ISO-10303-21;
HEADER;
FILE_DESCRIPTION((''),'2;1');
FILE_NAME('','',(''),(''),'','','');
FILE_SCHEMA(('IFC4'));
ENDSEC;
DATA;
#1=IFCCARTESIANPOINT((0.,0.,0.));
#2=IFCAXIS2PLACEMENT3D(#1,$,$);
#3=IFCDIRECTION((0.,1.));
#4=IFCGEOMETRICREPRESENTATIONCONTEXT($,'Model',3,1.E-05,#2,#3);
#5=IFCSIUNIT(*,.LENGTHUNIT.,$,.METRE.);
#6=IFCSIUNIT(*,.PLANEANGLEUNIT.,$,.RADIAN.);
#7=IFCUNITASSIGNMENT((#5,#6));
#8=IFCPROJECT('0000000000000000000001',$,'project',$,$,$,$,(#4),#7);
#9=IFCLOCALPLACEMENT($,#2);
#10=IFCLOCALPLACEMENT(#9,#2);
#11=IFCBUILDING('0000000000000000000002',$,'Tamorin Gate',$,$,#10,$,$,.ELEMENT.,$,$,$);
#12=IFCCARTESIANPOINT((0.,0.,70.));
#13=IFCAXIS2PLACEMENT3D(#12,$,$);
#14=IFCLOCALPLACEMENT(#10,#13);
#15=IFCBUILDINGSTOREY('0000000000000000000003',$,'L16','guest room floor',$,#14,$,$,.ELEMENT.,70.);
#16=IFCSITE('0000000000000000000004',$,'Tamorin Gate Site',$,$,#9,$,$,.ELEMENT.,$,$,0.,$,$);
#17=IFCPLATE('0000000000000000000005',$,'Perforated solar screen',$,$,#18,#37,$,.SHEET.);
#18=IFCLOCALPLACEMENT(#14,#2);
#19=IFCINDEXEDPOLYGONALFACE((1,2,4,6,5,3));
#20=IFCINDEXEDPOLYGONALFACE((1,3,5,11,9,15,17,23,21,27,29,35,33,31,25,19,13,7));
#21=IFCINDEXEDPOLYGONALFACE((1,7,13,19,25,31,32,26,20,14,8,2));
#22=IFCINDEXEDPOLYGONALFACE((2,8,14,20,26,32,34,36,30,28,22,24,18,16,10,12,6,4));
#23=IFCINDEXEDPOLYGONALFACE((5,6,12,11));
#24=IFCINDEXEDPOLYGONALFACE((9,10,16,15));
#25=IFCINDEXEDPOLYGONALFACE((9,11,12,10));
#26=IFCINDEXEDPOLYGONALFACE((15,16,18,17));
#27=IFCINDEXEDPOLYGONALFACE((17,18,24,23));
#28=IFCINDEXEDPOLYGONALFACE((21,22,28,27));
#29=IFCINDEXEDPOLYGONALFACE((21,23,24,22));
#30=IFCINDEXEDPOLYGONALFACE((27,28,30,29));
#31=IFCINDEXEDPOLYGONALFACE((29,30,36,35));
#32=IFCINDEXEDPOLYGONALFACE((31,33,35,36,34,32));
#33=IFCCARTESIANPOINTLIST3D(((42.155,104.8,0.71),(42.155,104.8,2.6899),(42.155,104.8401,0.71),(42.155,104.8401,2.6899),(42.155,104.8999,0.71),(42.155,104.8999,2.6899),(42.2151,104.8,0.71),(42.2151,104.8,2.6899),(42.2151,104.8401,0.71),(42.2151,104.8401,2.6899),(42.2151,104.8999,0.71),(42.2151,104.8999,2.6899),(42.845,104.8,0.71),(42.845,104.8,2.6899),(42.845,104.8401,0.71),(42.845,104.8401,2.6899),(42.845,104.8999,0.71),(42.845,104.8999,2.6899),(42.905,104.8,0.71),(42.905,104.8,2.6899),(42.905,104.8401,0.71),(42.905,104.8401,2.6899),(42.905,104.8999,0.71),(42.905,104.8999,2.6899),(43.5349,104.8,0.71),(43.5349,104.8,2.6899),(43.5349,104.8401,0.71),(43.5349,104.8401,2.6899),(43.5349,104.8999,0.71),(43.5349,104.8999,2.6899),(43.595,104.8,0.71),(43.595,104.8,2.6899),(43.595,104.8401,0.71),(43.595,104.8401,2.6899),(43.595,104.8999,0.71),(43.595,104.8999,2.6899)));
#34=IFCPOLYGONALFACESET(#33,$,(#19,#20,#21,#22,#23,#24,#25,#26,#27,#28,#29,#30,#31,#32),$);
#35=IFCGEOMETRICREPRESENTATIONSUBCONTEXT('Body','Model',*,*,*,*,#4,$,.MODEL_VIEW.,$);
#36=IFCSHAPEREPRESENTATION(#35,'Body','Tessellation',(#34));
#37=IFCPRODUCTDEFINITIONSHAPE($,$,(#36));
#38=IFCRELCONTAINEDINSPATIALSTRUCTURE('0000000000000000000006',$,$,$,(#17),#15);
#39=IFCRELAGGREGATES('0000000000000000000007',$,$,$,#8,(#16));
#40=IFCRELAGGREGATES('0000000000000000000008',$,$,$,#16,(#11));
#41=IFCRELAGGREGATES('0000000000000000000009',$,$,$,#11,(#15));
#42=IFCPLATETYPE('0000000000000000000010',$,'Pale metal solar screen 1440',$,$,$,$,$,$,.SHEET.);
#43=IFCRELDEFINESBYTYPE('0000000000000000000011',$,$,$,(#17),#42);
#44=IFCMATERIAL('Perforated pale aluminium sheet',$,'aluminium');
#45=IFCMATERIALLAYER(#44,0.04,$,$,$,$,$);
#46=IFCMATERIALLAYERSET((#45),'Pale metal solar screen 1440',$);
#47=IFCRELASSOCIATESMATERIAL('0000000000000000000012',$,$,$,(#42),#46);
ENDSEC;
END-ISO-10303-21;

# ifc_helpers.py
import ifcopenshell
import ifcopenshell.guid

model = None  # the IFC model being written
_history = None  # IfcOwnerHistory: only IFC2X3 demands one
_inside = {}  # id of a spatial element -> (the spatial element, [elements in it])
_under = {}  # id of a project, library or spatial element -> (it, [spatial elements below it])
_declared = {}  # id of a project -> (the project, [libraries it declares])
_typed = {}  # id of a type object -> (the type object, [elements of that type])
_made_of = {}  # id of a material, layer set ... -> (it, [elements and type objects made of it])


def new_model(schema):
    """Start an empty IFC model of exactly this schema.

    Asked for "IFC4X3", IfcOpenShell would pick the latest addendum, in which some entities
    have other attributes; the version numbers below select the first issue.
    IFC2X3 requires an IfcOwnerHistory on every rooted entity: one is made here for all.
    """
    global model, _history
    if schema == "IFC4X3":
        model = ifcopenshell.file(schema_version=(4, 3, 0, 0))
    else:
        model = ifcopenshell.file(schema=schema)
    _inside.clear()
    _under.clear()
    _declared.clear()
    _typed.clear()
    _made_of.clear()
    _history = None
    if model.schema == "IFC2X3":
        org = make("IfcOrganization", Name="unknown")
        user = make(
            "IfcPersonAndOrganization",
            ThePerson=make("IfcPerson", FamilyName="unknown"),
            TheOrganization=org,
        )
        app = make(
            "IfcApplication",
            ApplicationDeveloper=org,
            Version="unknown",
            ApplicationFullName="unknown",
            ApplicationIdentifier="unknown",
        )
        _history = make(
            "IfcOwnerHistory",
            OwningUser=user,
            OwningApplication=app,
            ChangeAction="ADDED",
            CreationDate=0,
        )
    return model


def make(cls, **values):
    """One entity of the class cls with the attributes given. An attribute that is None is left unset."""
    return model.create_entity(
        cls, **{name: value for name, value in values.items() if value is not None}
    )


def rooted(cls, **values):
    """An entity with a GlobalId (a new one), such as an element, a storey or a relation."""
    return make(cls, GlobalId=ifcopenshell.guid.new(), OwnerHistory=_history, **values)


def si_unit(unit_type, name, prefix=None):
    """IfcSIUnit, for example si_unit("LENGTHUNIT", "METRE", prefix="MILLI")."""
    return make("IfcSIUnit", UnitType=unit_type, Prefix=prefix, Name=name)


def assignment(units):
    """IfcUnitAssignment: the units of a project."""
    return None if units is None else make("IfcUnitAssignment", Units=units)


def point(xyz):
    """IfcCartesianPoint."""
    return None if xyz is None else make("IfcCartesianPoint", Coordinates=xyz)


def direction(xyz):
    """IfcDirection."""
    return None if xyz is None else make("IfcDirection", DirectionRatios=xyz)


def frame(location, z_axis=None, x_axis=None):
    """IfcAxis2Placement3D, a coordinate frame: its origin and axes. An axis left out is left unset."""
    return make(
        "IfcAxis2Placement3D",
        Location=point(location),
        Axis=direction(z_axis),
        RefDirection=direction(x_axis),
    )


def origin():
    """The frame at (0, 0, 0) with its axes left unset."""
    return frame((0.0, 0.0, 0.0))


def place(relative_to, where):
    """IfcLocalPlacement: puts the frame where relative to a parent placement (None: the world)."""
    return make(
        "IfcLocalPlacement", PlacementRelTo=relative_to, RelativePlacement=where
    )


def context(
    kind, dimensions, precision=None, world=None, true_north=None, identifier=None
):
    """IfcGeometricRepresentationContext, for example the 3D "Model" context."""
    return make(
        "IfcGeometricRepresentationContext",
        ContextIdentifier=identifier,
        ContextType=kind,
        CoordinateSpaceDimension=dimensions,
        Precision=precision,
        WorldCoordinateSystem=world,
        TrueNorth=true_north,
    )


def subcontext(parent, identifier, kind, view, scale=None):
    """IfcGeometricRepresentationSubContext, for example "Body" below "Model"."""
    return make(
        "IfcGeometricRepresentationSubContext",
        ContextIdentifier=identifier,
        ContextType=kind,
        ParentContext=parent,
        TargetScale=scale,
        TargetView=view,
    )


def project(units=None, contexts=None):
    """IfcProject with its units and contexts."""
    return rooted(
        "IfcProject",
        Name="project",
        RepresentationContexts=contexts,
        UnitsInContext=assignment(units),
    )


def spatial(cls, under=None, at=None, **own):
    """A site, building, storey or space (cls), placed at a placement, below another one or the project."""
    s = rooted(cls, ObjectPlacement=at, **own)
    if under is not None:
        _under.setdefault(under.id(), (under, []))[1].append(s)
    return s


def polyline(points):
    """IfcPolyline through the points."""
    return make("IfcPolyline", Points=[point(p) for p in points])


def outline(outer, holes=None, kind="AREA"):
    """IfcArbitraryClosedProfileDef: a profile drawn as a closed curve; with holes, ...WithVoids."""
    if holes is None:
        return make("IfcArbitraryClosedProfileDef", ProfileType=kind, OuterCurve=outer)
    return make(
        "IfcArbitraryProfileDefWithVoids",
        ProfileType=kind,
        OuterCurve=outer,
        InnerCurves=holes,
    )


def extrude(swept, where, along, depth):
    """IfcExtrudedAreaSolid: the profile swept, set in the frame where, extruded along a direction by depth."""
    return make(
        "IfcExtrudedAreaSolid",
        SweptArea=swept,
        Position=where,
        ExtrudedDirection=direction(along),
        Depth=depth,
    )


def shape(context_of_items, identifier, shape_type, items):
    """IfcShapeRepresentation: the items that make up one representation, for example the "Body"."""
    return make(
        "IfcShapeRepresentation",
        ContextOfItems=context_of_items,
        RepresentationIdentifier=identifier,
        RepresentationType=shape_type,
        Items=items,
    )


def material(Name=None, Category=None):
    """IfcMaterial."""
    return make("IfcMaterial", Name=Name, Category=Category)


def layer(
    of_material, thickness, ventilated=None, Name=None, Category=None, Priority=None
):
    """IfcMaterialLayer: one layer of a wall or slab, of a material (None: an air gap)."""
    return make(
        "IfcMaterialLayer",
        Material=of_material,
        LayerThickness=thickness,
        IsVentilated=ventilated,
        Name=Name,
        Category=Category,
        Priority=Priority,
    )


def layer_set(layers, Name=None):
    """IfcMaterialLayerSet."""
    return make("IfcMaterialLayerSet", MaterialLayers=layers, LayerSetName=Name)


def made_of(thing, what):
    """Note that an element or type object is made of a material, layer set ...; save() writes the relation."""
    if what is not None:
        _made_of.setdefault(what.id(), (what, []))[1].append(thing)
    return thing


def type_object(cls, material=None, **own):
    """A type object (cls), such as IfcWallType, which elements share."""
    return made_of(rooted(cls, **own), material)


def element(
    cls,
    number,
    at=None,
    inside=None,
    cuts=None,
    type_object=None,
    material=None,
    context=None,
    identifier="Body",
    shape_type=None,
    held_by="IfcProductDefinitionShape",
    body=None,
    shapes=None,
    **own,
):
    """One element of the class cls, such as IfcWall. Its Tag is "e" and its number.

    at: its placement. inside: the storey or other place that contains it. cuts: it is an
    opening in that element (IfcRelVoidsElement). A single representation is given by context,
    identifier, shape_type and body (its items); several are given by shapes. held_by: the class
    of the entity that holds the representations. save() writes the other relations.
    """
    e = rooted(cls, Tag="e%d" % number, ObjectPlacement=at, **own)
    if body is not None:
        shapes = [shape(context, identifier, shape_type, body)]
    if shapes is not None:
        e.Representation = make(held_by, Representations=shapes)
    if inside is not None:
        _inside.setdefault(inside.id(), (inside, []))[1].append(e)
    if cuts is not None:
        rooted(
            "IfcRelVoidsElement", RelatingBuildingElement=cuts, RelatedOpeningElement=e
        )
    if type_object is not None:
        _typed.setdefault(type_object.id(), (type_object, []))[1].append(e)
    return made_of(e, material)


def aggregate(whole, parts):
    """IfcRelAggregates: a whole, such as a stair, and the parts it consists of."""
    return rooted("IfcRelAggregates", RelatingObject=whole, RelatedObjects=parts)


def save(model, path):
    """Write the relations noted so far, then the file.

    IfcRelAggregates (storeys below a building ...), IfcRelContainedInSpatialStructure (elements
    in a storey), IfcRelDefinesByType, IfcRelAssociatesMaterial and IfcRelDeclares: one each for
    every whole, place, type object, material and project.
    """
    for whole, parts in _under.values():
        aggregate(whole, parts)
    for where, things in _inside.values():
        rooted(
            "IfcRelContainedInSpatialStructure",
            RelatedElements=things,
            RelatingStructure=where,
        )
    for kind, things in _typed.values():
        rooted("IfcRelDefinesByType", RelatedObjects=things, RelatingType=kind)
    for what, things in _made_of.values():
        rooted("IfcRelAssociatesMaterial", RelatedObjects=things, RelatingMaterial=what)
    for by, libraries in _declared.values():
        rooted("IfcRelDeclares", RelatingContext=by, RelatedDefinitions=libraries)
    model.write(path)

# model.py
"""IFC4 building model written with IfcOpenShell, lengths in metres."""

from ifc_helpers import new_model, si_unit, direction, frame, origin, place, context, subcontext, project, spatial, polyline, outline, extrude, material, layer, layer_set, type_object, element, save


model = new_model("IFC4")

# Units and contexts
model_context = context("Model", 3, precision=1e-05, world=origin(), true_north=direction((0.0, 1.0)))
body_context = subcontext(model_context, "Body", "Model", "MODEL_VIEW")
ifc_project = project(units=[si_unit("LENGTHUNIT", "METRE"), si_unit("PLANEANGLEUNIT", "RADIAN")], contexts=[model_context])

# Site, building, storey
site_placement = place(None, origin())
site = spatial("IfcSite", under=ifc_project, at=site_placement, Name="Tamorin Gate Site", CompositionType="ELEMENT", RefElevation=0.0)
building_placement = place(site_placement, origin())
building = spatial("IfcBuilding", under=site, at=building_placement, Name="Tamorin Gate", CompositionType="ELEMENT")
storey_placement = place(building_placement, frame((0.0, 0.0, 70.0)))
storey = spatial("IfcBuildingStorey", under=building, at=storey_placement, Name="L16", Description="guest room floor", CompositionType="ELEMENT", Elevation=70.0)

# Plate
ifc_material = material(Name="Perforated pale aluminium sheet", Category="aluminium")
ifc_layer = layer(ifc_material, 0.04)
ifc_layer_set = layer_set([ifc_layer], Name="Pale metal solar screen 1440")
plate_type = type_object("IfcPlateType", Name="Pale metal solar screen 1440", PredefinedType="SHEET", material=ifc_layer_set)
plate_1_placement = place(storey_placement, frame((0.0, 0.0, 0.71)))
element("IfcPlate", 1, at=plate_1_placement, inside=storey, type_object=plate_type, Name="Perforated solar screen", PredefinedType="SHEET", context=body_context, shape_type="SweptSolid", body=[
    extrude(outline(polyline([(43.595, 104.8401), (43.595, 104.8), (43.5349, 104.8), (42.905, 104.8), (42.845, 104.8), (42.2151, 104.8), (42.155, 104.8), (42.155, 104.8401), (42.155, 104.8999), (42.2151, 104.8999), (42.2151, 104.8401), (42.845, 104.8401), (42.845, 104.8999), (42.905, 104.8999), (42.905, 104.8401), (43.5349, 104.8401), (43.5349, 104.8999), (43.595, 104.8999), (43.595, 104.8401)])), origin(), (0.0, 0.0, 1.0), 1.98),
])

save(model, "model.ifc")
